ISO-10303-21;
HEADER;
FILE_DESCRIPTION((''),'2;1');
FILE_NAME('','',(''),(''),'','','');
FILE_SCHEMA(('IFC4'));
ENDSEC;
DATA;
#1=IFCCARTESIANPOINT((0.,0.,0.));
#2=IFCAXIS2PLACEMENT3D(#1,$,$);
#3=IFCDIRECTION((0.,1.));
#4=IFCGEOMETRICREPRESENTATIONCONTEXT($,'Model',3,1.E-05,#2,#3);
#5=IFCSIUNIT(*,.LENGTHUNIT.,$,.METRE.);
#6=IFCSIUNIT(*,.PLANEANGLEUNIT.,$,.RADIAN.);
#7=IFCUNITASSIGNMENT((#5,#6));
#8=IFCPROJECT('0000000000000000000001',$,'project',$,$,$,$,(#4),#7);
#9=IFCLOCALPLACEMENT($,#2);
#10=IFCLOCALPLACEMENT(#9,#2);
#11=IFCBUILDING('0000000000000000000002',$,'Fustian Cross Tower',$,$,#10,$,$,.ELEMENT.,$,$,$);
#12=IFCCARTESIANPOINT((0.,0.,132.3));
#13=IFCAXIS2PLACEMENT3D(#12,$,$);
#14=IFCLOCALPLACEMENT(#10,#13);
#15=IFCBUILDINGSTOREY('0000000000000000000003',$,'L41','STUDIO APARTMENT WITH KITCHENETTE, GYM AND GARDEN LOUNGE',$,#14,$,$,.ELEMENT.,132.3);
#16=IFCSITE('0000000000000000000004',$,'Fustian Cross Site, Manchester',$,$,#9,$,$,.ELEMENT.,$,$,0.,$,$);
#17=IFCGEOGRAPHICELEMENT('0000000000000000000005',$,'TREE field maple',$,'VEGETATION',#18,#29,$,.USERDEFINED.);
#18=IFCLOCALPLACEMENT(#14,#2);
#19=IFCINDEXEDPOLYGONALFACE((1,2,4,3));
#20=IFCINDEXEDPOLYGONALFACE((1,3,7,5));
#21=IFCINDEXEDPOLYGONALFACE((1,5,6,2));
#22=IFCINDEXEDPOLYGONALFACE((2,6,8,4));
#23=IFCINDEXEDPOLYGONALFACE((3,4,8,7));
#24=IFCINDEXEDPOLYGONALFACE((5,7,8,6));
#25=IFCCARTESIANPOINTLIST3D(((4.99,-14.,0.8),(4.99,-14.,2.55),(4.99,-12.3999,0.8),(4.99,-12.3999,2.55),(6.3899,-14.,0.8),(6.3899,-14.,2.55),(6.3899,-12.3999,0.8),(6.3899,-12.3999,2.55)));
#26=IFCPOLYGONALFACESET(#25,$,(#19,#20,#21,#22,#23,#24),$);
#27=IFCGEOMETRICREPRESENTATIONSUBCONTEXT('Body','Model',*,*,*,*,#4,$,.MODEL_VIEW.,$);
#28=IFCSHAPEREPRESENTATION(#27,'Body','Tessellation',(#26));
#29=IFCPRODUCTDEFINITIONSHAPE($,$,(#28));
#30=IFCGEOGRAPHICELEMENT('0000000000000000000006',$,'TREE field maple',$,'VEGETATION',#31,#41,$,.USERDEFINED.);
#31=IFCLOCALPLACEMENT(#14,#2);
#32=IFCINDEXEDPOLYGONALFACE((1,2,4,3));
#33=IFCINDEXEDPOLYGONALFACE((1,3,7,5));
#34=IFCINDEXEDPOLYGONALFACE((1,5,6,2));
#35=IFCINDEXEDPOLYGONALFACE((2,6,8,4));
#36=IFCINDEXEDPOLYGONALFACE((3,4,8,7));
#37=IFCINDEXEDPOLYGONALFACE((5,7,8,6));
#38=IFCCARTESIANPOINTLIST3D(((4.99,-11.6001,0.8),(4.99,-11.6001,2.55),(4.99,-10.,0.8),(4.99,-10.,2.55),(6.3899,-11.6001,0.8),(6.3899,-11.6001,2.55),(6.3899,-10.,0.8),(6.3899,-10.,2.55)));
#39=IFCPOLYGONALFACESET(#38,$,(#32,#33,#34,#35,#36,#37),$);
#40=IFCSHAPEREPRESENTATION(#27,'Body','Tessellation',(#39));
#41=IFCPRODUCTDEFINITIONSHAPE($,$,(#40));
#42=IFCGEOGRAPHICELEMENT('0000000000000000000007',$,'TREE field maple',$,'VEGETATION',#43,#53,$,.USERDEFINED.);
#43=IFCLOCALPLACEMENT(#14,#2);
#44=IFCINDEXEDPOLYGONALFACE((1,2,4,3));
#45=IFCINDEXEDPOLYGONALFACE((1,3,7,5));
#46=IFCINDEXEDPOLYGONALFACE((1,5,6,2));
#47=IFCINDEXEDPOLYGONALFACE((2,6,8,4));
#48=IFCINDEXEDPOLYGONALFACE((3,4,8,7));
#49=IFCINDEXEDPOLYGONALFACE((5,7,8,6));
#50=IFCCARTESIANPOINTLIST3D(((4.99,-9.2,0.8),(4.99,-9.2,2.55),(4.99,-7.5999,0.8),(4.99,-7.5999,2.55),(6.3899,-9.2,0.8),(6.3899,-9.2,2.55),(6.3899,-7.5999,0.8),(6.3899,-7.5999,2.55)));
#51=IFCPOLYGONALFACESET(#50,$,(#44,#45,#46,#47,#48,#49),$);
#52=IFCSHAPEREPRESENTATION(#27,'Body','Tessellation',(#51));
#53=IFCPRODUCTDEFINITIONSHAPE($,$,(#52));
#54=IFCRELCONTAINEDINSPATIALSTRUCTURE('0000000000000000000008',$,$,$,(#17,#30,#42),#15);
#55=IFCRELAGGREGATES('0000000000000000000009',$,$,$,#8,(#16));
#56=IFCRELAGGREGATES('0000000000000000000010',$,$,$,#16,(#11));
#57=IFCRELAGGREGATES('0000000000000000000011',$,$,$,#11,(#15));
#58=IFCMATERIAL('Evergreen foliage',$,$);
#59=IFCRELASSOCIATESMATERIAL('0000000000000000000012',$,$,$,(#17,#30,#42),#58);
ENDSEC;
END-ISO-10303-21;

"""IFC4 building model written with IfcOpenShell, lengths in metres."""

from ifc_helpers import new_model, si_unit, direction, frame, origin, origin_2d, place, context, subcontext, project, spatial, rectangle, extrude, material, element, save


model = new_model("IFC4")

# Units and contexts
model_context = context("Model", 3, precision=1e-05, world=origin(), true_north=direction((0.0, 1.0)))
body_context = subcontext(model_context, "Body", "Model", "MODEL_VIEW")
ifc_project = project(units=[si_unit("LENGTHUNIT", "METRE"), si_unit("PLANEANGLEUNIT", "RADIAN")], contexts=[model_context])

# Site, building, storey
site_placement = place(None, origin())
site = spatial("IfcSite", under=ifc_project, at=site_placement, Name="Fustian Cross Site, Manchester", CompositionType="ELEMENT", RefElevation=0.0)
building_placement = place(site_placement, origin())
building = spatial("IfcBuilding", under=site, at=building_placement, Name="Fustian Cross Tower", CompositionType="ELEMENT")
storey_placement = place(building_placement, frame((0.0, 0.0, 132.3)))
storey = spatial("IfcBuildingStorey", under=building, at=storey_placement, Name="L41", Description="STUDIO APARTMENT WITH KITCHENETTE, GYM AND GARDEN LOUNGE", CompositionType="ELEMENT", Elevation=132.3)

# Geographic elements
ifc_material_1 = material(Name="Evergreen foliage")
for number, where, z_axis, x_axis, name in (
    (1, (5.6899, -13.2, 0.8), (0.0, 0.0, 1.0), (1.0, 0.0, 0.0), "TREE field maple"),
    (2, (5.6899, -10.8, 0.8), (0.0, 0.0, 1.0), (1.0, 0.0, 0.0), "TREE field maple"),
    (3, (5.6899, -8.3999, 0.8), (0.0, 0.0, 1.0), (1.0, 0.0, 0.0), "TREE field maple"),
):
    element("IfcGeographicElement", number, at=place(storey_placement, frame(where, z_axis=z_axis, x_axis=x_axis)), inside=storey, material=ifc_material_1, Name=name, ObjectType="VEGETATION", PredefinedType="USERDEFINED", context=body_context, shape_type="SweptSolid", body=[
        extrude(rectangle(XDim=1.3999, YDim=1.6001, at=origin_2d()), origin(), (0.0, 0.0, 1.0), 1.75),
    ])

save(model, "model.ifc")
